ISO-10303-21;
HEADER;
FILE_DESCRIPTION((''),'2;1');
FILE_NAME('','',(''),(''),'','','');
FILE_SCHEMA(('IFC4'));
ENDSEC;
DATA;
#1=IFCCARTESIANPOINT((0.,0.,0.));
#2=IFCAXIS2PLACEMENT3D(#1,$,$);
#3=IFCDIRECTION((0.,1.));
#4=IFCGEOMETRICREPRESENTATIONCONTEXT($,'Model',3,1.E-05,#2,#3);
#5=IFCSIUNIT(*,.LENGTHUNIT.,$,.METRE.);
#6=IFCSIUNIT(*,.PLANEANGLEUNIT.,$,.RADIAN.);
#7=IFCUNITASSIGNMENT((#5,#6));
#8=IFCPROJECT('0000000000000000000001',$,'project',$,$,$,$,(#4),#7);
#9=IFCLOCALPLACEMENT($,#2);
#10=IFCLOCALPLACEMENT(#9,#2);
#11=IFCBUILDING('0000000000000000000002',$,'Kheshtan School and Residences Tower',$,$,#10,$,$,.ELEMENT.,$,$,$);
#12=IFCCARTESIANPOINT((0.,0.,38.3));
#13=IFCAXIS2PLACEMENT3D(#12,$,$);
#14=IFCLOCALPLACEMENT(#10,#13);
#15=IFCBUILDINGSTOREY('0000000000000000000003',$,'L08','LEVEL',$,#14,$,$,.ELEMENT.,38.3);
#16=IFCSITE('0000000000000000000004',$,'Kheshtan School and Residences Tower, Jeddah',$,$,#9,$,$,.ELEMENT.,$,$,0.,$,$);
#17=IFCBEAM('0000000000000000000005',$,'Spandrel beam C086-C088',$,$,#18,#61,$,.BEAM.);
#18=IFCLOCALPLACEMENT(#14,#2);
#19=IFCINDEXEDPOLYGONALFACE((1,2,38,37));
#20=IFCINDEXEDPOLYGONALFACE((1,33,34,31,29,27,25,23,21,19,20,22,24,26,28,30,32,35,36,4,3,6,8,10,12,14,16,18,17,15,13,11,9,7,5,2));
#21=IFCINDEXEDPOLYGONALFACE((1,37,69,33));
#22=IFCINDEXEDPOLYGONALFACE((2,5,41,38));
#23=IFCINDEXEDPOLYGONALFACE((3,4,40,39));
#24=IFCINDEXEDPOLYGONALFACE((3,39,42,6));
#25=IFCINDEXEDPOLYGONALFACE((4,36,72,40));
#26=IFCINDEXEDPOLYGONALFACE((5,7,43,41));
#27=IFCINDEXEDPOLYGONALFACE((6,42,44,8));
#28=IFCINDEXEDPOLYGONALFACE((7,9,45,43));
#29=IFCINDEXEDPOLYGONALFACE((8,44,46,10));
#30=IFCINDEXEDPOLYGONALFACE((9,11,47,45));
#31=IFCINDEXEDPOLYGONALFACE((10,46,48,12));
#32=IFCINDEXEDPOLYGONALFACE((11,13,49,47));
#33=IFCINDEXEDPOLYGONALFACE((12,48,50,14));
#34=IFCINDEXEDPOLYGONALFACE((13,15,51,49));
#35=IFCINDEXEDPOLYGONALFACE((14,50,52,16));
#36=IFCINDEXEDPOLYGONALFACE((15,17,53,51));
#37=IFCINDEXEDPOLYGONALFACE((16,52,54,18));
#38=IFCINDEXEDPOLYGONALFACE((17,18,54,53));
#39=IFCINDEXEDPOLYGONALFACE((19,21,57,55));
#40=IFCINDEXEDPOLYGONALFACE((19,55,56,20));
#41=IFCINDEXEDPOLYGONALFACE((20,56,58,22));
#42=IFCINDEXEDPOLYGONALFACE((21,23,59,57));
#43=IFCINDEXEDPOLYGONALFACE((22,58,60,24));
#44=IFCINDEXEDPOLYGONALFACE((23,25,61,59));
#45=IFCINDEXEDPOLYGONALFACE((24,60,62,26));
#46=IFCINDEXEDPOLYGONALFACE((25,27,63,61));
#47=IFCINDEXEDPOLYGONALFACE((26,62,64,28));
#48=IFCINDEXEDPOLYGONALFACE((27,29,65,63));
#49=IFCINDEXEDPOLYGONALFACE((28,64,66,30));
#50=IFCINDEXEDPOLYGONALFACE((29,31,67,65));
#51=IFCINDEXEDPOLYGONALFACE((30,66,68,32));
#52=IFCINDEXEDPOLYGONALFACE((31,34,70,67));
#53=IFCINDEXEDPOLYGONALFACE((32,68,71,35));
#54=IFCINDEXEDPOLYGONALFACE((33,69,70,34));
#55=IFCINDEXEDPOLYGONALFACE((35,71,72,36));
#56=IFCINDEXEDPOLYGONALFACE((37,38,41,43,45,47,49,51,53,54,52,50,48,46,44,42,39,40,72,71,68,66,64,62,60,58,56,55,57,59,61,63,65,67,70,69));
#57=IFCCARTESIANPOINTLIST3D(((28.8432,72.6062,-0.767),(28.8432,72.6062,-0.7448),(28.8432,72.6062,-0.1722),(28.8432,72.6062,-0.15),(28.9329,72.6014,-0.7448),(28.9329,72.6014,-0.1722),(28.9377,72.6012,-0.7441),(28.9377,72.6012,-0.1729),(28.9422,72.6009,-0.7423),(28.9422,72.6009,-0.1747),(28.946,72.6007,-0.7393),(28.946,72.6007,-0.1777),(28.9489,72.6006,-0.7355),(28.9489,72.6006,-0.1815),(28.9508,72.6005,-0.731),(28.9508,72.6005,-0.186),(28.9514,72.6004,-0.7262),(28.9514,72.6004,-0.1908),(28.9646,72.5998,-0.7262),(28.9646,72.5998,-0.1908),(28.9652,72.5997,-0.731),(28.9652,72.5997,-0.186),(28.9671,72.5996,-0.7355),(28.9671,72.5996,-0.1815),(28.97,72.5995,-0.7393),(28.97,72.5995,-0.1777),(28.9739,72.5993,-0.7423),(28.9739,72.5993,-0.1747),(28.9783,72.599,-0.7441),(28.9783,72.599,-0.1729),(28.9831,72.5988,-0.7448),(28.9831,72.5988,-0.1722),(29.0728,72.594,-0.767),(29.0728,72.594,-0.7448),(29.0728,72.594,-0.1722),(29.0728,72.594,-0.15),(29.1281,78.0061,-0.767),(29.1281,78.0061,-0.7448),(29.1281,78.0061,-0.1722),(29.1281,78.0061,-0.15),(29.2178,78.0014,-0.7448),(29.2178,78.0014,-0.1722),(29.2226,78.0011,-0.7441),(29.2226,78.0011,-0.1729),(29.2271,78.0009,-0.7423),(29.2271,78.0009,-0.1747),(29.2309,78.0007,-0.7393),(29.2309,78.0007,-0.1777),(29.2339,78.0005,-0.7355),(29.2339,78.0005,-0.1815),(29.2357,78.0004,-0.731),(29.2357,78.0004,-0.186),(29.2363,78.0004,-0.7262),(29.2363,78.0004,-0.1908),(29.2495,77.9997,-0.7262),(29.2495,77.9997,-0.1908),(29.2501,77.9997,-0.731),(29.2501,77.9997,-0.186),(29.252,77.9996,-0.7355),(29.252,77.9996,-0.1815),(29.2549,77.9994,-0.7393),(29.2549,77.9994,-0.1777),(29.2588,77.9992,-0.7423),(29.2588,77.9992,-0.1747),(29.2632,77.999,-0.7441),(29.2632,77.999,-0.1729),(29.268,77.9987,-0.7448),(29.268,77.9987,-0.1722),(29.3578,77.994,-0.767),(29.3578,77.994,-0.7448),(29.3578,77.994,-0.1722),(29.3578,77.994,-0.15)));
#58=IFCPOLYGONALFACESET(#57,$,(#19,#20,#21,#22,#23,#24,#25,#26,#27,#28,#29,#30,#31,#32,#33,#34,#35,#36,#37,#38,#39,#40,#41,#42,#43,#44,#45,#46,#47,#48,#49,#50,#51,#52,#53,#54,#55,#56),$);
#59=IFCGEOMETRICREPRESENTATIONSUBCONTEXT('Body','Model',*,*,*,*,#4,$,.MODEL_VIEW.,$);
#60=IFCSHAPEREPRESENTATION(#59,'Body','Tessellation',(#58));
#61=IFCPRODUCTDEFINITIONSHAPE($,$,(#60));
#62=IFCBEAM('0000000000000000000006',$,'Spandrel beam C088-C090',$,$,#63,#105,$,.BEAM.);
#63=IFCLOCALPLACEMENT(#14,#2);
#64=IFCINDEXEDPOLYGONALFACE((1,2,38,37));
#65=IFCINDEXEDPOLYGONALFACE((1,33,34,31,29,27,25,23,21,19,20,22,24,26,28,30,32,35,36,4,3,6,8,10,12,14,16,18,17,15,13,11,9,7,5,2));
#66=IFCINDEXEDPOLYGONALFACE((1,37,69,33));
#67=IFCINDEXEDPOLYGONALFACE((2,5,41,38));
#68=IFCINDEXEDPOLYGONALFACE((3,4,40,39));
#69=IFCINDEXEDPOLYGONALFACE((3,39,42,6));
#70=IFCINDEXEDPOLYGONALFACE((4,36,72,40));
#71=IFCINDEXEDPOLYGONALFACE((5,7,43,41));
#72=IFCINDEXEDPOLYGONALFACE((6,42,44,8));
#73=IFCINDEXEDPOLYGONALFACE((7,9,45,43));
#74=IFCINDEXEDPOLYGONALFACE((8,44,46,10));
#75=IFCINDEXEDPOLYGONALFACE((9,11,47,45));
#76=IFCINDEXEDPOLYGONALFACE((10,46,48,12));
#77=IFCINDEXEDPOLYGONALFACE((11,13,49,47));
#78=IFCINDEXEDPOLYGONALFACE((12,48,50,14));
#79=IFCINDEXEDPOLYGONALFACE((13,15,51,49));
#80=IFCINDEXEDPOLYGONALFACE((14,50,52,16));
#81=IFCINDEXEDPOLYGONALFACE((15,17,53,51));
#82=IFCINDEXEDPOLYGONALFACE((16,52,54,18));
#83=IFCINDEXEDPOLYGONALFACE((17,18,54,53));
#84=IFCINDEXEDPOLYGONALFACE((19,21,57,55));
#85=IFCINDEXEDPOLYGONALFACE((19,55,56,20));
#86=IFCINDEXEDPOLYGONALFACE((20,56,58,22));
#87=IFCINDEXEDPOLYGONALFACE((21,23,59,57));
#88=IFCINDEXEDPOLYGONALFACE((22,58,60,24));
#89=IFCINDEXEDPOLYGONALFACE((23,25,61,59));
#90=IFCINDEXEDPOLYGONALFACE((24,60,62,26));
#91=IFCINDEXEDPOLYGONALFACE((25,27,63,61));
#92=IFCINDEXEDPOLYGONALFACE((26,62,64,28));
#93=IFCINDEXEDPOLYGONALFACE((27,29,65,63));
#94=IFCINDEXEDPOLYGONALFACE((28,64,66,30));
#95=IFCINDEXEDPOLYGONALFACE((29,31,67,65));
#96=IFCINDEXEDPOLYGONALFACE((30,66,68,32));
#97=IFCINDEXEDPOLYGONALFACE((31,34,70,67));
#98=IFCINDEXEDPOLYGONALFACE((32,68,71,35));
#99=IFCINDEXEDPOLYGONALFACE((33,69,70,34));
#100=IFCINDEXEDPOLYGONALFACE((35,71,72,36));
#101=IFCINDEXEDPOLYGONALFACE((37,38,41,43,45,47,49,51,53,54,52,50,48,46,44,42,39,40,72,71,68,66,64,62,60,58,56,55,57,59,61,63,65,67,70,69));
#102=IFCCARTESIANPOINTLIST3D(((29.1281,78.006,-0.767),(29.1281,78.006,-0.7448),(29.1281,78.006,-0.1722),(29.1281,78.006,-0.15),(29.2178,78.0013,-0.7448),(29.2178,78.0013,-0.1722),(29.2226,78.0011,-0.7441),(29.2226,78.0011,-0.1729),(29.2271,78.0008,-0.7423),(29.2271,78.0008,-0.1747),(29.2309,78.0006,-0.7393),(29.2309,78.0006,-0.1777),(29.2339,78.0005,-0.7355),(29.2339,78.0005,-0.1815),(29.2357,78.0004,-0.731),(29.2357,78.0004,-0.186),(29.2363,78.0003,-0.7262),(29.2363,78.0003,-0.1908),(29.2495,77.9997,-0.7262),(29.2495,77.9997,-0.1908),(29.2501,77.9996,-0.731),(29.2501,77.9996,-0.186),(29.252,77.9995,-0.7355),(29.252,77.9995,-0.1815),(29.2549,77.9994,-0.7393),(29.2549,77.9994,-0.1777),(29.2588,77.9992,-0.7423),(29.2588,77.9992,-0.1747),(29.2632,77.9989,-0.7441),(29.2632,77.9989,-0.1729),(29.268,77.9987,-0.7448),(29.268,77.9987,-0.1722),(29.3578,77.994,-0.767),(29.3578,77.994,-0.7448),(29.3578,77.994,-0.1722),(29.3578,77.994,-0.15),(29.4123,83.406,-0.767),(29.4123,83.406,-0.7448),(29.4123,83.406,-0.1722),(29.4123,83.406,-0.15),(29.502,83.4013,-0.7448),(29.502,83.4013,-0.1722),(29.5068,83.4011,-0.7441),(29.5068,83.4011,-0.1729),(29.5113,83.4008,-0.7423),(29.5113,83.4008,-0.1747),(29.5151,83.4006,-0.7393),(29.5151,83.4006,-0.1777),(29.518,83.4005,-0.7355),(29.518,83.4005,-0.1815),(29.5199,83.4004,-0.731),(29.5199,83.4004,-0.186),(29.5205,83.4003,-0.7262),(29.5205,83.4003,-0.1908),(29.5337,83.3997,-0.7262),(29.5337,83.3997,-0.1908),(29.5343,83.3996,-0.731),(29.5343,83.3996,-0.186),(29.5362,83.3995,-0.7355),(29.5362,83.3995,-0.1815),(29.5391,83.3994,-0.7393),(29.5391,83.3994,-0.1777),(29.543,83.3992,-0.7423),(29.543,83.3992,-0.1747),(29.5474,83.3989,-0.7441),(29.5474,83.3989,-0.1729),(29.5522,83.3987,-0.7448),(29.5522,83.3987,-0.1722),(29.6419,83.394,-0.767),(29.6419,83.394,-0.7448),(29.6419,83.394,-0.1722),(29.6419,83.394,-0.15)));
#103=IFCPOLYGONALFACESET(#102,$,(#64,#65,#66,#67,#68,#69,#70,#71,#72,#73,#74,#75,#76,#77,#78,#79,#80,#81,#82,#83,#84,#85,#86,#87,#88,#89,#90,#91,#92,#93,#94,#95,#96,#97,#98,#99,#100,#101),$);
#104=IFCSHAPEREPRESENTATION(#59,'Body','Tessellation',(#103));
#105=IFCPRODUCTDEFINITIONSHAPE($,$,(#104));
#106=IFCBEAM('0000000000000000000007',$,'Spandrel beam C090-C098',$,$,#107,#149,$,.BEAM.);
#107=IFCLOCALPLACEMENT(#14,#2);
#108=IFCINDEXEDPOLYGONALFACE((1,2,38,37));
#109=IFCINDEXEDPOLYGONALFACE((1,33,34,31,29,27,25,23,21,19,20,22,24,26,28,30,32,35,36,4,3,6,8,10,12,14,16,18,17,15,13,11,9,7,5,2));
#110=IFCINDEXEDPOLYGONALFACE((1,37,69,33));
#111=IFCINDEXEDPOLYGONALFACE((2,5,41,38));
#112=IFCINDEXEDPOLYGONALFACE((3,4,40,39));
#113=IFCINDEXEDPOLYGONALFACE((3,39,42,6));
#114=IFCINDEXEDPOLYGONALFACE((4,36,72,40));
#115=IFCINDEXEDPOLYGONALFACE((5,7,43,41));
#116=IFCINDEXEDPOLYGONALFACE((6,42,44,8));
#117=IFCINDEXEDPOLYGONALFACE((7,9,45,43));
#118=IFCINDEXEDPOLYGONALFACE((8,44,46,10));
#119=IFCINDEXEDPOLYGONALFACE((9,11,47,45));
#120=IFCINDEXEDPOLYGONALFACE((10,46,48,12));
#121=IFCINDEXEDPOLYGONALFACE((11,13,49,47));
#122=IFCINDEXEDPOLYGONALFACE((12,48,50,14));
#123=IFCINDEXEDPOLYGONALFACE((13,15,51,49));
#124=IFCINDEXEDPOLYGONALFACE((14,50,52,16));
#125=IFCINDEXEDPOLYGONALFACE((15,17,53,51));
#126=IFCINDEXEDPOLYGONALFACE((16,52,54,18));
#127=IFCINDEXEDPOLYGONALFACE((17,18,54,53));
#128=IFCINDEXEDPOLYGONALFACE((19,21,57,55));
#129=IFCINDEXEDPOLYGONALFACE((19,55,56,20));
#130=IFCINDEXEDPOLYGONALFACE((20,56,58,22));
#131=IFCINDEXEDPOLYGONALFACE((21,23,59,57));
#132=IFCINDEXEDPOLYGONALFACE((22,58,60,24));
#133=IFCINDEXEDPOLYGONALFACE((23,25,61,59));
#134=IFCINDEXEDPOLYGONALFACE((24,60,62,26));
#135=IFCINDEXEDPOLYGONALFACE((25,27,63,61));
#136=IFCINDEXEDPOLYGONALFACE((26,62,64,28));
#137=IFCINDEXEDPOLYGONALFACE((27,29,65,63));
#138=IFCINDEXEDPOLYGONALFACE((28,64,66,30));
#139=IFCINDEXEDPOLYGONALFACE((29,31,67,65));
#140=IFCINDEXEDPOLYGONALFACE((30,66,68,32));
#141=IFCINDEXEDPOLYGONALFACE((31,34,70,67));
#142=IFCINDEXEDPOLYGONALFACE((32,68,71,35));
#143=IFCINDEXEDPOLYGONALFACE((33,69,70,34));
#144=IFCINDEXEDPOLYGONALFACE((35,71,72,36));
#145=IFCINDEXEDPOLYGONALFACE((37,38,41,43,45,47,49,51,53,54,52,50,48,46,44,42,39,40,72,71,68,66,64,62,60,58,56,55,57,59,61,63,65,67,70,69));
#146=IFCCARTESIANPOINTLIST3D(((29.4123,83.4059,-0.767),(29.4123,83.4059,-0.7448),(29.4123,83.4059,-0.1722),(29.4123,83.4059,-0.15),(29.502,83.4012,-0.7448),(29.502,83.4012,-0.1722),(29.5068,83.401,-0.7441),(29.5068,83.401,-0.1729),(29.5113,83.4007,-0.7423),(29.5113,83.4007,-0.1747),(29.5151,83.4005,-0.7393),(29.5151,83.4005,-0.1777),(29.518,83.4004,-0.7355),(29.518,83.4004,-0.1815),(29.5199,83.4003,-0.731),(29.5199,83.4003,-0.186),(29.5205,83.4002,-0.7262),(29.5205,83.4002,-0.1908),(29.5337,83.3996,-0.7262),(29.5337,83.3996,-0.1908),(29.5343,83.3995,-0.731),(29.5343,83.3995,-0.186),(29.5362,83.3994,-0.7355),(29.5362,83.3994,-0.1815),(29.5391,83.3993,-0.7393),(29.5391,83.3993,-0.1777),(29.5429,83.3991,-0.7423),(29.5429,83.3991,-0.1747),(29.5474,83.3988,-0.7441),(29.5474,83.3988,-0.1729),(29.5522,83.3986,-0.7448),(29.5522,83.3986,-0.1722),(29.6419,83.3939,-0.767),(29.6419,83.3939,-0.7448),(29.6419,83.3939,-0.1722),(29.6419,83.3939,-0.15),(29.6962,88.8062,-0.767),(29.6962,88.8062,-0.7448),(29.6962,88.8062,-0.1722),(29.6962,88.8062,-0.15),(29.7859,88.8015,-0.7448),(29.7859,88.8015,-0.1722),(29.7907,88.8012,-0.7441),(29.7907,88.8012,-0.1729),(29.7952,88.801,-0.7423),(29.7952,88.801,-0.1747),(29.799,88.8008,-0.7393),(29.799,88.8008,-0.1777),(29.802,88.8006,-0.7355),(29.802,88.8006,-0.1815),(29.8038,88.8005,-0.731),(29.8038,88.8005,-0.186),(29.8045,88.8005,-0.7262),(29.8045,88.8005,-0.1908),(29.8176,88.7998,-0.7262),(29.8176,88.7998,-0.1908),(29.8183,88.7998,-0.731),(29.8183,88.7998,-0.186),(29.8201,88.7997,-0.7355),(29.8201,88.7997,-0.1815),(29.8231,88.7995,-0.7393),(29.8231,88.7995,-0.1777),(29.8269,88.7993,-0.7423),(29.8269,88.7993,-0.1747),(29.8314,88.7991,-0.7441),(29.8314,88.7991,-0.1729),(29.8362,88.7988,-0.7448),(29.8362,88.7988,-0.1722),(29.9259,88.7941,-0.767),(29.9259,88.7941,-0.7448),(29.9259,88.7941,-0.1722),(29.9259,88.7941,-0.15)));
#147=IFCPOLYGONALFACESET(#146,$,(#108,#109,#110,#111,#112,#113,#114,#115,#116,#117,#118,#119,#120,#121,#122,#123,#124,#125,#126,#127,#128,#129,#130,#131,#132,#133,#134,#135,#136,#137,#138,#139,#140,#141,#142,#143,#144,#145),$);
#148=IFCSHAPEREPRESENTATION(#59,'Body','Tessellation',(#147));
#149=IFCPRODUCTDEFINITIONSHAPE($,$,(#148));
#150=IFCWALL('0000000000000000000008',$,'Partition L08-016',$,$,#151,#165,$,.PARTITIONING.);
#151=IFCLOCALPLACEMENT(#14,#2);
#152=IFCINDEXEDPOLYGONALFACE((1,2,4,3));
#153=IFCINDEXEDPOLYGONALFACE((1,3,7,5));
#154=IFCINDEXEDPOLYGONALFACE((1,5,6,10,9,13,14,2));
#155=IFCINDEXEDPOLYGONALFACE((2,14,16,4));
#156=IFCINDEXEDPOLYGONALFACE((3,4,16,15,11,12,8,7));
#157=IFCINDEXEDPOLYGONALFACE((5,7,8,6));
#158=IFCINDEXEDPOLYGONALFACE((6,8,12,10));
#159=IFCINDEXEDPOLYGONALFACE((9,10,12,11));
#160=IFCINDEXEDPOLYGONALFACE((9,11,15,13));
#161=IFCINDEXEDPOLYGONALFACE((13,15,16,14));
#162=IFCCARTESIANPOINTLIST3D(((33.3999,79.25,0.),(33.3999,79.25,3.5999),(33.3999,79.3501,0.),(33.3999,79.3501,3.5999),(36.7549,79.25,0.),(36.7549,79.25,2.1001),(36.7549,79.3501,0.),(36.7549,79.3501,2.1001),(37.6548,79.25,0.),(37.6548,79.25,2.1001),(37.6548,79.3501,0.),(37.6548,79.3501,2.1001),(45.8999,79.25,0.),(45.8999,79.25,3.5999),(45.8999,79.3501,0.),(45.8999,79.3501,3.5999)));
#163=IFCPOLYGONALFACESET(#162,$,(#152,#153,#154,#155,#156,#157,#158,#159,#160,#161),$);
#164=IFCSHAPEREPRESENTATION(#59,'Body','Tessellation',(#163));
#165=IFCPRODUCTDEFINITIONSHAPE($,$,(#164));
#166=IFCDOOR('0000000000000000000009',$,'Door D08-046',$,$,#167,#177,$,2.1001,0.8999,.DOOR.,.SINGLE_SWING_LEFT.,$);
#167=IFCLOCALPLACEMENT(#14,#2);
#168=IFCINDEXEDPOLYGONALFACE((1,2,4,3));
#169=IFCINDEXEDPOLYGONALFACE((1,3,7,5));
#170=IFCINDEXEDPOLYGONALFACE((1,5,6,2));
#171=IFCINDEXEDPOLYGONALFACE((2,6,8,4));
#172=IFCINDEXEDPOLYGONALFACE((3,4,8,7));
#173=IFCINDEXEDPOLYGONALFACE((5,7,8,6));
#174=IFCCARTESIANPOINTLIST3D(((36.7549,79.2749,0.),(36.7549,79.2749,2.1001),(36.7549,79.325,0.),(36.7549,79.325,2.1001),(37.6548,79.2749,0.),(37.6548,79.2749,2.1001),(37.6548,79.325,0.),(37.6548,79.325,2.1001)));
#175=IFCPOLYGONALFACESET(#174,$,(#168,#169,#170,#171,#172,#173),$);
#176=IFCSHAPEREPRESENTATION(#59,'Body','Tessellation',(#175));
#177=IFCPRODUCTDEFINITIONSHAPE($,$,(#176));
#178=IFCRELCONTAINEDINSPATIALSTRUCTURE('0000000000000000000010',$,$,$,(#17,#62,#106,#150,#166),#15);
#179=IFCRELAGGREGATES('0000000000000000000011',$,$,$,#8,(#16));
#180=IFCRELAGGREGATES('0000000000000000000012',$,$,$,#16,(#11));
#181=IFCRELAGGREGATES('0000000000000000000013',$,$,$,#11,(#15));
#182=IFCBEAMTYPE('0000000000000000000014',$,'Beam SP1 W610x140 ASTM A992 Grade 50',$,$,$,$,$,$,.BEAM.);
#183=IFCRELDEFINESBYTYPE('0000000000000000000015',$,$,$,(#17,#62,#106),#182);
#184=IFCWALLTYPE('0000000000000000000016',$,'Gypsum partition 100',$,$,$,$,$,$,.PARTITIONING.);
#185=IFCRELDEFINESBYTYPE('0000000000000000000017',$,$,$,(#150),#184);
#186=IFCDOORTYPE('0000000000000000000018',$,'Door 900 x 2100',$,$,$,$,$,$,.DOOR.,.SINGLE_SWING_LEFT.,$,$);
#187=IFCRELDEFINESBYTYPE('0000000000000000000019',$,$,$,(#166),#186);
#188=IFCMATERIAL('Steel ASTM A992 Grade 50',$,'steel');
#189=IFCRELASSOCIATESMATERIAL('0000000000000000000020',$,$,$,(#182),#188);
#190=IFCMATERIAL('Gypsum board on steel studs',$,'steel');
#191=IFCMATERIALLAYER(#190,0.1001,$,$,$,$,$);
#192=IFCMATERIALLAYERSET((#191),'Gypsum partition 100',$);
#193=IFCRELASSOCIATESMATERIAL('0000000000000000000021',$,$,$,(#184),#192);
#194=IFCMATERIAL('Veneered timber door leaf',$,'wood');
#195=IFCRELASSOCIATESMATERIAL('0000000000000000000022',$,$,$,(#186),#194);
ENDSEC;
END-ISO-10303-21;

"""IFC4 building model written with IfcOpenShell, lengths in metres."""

from ifc_helpers import new_model, si_unit, direction, frame, frame_2d, origin, origin_2d, place, context, subcontext, project, spatial, rectangle, i_section, extrude, source, transform, mapped, material, layer, layer_set, material_profile, profile_set, type_object, element, fill, save


model = new_model("IFC4")

# Units and contexts
model_context = context("Model", 3, precision=1e-05, world=origin(), true_north=direction((0.0, 1.0)))
body_context = subcontext(model_context, "Body", "Model", "MODEL_VIEW")
ifc_project = project(units=[si_unit("LENGTHUNIT", "METRE"), si_unit("PLANEANGLEUNIT", "RADIAN")], contexts=[model_context])

# Site, building, storey
site_placement = place(None, origin())
site = spatial("IfcSite", under=ifc_project, at=site_placement, Name="Kheshtan School and Residences Tower, Jeddah", CompositionType="ELEMENT", RefElevation=0.0)
building_placement = place(site_placement, origin())
building = spatial("IfcBuilding", under=site, at=building_placement, Name="Kheshtan School and Residences Tower", CompositionType="ELEMENT")
storey_placement = place(building_placement, frame((0.0, 0.0, 38.3)))
storey = spatial("IfcBuildingStorey", under=building, at=storey_placement, Name="L08", Description="LEVEL", CompositionType="ELEMENT", Elevation=38.3)

# Shared definitions
ifc_material_1 = material(Name="Steel ASTM A992 Grade 50", Category="steel")

# Beams
ifc_material_profile_1 = material_profile(ifc_material_1, i_section(OverallWidth=0.23, OverallDepth=0.6169, WebThickness=0.0132, FlangeThickness=0.0222, FilletRadius=0.0186, at=origin_2d()), Name="W610x140")
ifc_profile_set_1 = profile_set([ifc_material_profile_1], Name="Steel ASTM A992 Grade 50")
beam_type_1 = type_object("IfcBeamType", Name="Beam SP1 W610x140 ASTM A992 Grade 50", PredefinedType="BEAM", material=ifc_profile_set_1)
for number, where, z_axis, x_axis, name in (
    (1, (28.958, 72.6001, -0.4585), (0.052689, 0.998611, 0.0), (-0.998611, 0.052689, 0.0), "Spandrel beam C086-C088"),
    (2, (29.2429, 78.0, -0.4585), (0.052554, 0.998618, 0.0), (-0.998618, 0.052554, 0.0), "Spandrel beam C088-C090"),
):
    element("IfcBeam", number, at=place(storey_placement, frame(where, z_axis=z_axis, x_axis=x_axis)), inside=storey, type_object=beam_type_1, Name=name, PredefinedType="BEAM", context=body_context, shape_type="SweptSolid", body=[
        extrude(i_section(OverallWidth=0.23, OverallDepth=0.6169, WebThickness=0.0132, FlangeThickness=0.0222, FilletRadius=0.0186, at=origin_2d()), origin(), (0.0, 0.0, 1.0), 5.4075),
    ])
beam_1_placement = place(storey_placement, frame((29.5271, 83.3999, -0.4585), z_axis=(0.052507, 0.998621, 0.0), x_axis=(-0.998621, 0.052507, 0.0)))
element("IfcBeam", 3, at=beam_1_placement, inside=storey, type_object=beam_type_1, Name="Spandrel beam C090-C098", PredefinedType="BEAM", context=body_context, shape_type="SweptSolid", body=[
    extrude(i_section(OverallWidth=0.23, OverallDepth=0.6169, WebThickness=0.0132, FlangeThickness=0.0222, FilletRadius=0.0186, at=origin_2d()), origin(), (0.0, 0.0, 1.0), 5.4077),
])

# Wall, opening, door
ifc_material_2 = material(Name="Gypsum board on steel studs", Category="steel")
ifc_layer_1 = layer(ifc_material_2, 0.1001)
ifc_layer_set_1 = layer_set([ifc_layer_1], Name="Gypsum partition 100")
wall_type_1 = type_object("IfcWallType", Name="Gypsum partition 100", PredefinedType="PARTITIONING", material=ifc_layer_set_1)
wall_1_placement = place(storey_placement, frame((33.3999, 79.3, 0.0), z_axis=(0.0, 0.0, 1.0), x_axis=(1.0, 0.0, 0.0)))
wall_1 = element("IfcWall", 4, at=wall_1_placement, inside=storey, type_object=wall_type_1, Name="Partition L08-016", PredefinedType="PARTITIONING", context=body_context, shape_type="SweptSolid", body=[
    extrude(rectangle(XDim=12.5, YDim=0.1001, at=frame_2d((6.25, 0.0))), origin(), (0.0, 0.0, 1.0), 3.5999),
])
opening_1_placement = place(wall_1_placement, frame((3.355, 0.0, 0.0)))
opening_1 = element("IfcOpeningElement", 5, at=opening_1_placement, cuts=wall_1, PredefinedType="OPENING", context=body_context, shape_type="SweptSolid", body=[
    extrude(rectangle(XDim=0.8999, YDim=2.1001, at=frame_2d((0.45, 1.05))), frame((0.0, 0.0601, 0.0), z_axis=(0.0, -1.0, 0.0), x_axis=(1.0, 0.0, 0.0)), (0.0, 0.0, 1.0), 0.1201),
])
ifc_material_3 = material(Name="Veneered timber door leaf", Category="wood")
door_type_1 = type_object("IfcDoorType", Name="Door 900 x 2100", OperationType="SINGLE_SWING_LEFT", PredefinedType="DOOR", material=ifc_material_3)
shared_shape_1 = source(origin(), body_context, "Body", "SweptSolid", [
    extrude(rectangle(XDim=0.8999, YDim=2.1001, at=frame_2d((0.45, 1.05))), frame((0.0, 0.0249, 0.0), z_axis=(0.0, -1.0, 0.0), x_axis=(1.0, 0.0, 0.0)), (0.0, 0.0, 1.0), 0.05),
])
door_1_placement = place(opening_1_placement, origin())
door_1 = element("IfcDoor", 6, at=door_1_placement, inside=storey, type_object=door_type_1, Name="Door D08-046", OperationType="SINGLE_SWING_LEFT", OverallHeight=2.1001, OverallWidth=0.8999, PredefinedType="DOOR", context=body_context, shape_type="MappedRepresentation", body=[
    mapped(shared_shape_1, transform((0.0, 0.0, 0.0), x_axis=(1.0, 0.0, 0.0), y_axis=(0.0, 1.0, 0.0), z_axis=(0.0, 0.0, 1.0), scale=1.0)),
])
fill(opening_1, door_1)

save(model, "model.ifc")
